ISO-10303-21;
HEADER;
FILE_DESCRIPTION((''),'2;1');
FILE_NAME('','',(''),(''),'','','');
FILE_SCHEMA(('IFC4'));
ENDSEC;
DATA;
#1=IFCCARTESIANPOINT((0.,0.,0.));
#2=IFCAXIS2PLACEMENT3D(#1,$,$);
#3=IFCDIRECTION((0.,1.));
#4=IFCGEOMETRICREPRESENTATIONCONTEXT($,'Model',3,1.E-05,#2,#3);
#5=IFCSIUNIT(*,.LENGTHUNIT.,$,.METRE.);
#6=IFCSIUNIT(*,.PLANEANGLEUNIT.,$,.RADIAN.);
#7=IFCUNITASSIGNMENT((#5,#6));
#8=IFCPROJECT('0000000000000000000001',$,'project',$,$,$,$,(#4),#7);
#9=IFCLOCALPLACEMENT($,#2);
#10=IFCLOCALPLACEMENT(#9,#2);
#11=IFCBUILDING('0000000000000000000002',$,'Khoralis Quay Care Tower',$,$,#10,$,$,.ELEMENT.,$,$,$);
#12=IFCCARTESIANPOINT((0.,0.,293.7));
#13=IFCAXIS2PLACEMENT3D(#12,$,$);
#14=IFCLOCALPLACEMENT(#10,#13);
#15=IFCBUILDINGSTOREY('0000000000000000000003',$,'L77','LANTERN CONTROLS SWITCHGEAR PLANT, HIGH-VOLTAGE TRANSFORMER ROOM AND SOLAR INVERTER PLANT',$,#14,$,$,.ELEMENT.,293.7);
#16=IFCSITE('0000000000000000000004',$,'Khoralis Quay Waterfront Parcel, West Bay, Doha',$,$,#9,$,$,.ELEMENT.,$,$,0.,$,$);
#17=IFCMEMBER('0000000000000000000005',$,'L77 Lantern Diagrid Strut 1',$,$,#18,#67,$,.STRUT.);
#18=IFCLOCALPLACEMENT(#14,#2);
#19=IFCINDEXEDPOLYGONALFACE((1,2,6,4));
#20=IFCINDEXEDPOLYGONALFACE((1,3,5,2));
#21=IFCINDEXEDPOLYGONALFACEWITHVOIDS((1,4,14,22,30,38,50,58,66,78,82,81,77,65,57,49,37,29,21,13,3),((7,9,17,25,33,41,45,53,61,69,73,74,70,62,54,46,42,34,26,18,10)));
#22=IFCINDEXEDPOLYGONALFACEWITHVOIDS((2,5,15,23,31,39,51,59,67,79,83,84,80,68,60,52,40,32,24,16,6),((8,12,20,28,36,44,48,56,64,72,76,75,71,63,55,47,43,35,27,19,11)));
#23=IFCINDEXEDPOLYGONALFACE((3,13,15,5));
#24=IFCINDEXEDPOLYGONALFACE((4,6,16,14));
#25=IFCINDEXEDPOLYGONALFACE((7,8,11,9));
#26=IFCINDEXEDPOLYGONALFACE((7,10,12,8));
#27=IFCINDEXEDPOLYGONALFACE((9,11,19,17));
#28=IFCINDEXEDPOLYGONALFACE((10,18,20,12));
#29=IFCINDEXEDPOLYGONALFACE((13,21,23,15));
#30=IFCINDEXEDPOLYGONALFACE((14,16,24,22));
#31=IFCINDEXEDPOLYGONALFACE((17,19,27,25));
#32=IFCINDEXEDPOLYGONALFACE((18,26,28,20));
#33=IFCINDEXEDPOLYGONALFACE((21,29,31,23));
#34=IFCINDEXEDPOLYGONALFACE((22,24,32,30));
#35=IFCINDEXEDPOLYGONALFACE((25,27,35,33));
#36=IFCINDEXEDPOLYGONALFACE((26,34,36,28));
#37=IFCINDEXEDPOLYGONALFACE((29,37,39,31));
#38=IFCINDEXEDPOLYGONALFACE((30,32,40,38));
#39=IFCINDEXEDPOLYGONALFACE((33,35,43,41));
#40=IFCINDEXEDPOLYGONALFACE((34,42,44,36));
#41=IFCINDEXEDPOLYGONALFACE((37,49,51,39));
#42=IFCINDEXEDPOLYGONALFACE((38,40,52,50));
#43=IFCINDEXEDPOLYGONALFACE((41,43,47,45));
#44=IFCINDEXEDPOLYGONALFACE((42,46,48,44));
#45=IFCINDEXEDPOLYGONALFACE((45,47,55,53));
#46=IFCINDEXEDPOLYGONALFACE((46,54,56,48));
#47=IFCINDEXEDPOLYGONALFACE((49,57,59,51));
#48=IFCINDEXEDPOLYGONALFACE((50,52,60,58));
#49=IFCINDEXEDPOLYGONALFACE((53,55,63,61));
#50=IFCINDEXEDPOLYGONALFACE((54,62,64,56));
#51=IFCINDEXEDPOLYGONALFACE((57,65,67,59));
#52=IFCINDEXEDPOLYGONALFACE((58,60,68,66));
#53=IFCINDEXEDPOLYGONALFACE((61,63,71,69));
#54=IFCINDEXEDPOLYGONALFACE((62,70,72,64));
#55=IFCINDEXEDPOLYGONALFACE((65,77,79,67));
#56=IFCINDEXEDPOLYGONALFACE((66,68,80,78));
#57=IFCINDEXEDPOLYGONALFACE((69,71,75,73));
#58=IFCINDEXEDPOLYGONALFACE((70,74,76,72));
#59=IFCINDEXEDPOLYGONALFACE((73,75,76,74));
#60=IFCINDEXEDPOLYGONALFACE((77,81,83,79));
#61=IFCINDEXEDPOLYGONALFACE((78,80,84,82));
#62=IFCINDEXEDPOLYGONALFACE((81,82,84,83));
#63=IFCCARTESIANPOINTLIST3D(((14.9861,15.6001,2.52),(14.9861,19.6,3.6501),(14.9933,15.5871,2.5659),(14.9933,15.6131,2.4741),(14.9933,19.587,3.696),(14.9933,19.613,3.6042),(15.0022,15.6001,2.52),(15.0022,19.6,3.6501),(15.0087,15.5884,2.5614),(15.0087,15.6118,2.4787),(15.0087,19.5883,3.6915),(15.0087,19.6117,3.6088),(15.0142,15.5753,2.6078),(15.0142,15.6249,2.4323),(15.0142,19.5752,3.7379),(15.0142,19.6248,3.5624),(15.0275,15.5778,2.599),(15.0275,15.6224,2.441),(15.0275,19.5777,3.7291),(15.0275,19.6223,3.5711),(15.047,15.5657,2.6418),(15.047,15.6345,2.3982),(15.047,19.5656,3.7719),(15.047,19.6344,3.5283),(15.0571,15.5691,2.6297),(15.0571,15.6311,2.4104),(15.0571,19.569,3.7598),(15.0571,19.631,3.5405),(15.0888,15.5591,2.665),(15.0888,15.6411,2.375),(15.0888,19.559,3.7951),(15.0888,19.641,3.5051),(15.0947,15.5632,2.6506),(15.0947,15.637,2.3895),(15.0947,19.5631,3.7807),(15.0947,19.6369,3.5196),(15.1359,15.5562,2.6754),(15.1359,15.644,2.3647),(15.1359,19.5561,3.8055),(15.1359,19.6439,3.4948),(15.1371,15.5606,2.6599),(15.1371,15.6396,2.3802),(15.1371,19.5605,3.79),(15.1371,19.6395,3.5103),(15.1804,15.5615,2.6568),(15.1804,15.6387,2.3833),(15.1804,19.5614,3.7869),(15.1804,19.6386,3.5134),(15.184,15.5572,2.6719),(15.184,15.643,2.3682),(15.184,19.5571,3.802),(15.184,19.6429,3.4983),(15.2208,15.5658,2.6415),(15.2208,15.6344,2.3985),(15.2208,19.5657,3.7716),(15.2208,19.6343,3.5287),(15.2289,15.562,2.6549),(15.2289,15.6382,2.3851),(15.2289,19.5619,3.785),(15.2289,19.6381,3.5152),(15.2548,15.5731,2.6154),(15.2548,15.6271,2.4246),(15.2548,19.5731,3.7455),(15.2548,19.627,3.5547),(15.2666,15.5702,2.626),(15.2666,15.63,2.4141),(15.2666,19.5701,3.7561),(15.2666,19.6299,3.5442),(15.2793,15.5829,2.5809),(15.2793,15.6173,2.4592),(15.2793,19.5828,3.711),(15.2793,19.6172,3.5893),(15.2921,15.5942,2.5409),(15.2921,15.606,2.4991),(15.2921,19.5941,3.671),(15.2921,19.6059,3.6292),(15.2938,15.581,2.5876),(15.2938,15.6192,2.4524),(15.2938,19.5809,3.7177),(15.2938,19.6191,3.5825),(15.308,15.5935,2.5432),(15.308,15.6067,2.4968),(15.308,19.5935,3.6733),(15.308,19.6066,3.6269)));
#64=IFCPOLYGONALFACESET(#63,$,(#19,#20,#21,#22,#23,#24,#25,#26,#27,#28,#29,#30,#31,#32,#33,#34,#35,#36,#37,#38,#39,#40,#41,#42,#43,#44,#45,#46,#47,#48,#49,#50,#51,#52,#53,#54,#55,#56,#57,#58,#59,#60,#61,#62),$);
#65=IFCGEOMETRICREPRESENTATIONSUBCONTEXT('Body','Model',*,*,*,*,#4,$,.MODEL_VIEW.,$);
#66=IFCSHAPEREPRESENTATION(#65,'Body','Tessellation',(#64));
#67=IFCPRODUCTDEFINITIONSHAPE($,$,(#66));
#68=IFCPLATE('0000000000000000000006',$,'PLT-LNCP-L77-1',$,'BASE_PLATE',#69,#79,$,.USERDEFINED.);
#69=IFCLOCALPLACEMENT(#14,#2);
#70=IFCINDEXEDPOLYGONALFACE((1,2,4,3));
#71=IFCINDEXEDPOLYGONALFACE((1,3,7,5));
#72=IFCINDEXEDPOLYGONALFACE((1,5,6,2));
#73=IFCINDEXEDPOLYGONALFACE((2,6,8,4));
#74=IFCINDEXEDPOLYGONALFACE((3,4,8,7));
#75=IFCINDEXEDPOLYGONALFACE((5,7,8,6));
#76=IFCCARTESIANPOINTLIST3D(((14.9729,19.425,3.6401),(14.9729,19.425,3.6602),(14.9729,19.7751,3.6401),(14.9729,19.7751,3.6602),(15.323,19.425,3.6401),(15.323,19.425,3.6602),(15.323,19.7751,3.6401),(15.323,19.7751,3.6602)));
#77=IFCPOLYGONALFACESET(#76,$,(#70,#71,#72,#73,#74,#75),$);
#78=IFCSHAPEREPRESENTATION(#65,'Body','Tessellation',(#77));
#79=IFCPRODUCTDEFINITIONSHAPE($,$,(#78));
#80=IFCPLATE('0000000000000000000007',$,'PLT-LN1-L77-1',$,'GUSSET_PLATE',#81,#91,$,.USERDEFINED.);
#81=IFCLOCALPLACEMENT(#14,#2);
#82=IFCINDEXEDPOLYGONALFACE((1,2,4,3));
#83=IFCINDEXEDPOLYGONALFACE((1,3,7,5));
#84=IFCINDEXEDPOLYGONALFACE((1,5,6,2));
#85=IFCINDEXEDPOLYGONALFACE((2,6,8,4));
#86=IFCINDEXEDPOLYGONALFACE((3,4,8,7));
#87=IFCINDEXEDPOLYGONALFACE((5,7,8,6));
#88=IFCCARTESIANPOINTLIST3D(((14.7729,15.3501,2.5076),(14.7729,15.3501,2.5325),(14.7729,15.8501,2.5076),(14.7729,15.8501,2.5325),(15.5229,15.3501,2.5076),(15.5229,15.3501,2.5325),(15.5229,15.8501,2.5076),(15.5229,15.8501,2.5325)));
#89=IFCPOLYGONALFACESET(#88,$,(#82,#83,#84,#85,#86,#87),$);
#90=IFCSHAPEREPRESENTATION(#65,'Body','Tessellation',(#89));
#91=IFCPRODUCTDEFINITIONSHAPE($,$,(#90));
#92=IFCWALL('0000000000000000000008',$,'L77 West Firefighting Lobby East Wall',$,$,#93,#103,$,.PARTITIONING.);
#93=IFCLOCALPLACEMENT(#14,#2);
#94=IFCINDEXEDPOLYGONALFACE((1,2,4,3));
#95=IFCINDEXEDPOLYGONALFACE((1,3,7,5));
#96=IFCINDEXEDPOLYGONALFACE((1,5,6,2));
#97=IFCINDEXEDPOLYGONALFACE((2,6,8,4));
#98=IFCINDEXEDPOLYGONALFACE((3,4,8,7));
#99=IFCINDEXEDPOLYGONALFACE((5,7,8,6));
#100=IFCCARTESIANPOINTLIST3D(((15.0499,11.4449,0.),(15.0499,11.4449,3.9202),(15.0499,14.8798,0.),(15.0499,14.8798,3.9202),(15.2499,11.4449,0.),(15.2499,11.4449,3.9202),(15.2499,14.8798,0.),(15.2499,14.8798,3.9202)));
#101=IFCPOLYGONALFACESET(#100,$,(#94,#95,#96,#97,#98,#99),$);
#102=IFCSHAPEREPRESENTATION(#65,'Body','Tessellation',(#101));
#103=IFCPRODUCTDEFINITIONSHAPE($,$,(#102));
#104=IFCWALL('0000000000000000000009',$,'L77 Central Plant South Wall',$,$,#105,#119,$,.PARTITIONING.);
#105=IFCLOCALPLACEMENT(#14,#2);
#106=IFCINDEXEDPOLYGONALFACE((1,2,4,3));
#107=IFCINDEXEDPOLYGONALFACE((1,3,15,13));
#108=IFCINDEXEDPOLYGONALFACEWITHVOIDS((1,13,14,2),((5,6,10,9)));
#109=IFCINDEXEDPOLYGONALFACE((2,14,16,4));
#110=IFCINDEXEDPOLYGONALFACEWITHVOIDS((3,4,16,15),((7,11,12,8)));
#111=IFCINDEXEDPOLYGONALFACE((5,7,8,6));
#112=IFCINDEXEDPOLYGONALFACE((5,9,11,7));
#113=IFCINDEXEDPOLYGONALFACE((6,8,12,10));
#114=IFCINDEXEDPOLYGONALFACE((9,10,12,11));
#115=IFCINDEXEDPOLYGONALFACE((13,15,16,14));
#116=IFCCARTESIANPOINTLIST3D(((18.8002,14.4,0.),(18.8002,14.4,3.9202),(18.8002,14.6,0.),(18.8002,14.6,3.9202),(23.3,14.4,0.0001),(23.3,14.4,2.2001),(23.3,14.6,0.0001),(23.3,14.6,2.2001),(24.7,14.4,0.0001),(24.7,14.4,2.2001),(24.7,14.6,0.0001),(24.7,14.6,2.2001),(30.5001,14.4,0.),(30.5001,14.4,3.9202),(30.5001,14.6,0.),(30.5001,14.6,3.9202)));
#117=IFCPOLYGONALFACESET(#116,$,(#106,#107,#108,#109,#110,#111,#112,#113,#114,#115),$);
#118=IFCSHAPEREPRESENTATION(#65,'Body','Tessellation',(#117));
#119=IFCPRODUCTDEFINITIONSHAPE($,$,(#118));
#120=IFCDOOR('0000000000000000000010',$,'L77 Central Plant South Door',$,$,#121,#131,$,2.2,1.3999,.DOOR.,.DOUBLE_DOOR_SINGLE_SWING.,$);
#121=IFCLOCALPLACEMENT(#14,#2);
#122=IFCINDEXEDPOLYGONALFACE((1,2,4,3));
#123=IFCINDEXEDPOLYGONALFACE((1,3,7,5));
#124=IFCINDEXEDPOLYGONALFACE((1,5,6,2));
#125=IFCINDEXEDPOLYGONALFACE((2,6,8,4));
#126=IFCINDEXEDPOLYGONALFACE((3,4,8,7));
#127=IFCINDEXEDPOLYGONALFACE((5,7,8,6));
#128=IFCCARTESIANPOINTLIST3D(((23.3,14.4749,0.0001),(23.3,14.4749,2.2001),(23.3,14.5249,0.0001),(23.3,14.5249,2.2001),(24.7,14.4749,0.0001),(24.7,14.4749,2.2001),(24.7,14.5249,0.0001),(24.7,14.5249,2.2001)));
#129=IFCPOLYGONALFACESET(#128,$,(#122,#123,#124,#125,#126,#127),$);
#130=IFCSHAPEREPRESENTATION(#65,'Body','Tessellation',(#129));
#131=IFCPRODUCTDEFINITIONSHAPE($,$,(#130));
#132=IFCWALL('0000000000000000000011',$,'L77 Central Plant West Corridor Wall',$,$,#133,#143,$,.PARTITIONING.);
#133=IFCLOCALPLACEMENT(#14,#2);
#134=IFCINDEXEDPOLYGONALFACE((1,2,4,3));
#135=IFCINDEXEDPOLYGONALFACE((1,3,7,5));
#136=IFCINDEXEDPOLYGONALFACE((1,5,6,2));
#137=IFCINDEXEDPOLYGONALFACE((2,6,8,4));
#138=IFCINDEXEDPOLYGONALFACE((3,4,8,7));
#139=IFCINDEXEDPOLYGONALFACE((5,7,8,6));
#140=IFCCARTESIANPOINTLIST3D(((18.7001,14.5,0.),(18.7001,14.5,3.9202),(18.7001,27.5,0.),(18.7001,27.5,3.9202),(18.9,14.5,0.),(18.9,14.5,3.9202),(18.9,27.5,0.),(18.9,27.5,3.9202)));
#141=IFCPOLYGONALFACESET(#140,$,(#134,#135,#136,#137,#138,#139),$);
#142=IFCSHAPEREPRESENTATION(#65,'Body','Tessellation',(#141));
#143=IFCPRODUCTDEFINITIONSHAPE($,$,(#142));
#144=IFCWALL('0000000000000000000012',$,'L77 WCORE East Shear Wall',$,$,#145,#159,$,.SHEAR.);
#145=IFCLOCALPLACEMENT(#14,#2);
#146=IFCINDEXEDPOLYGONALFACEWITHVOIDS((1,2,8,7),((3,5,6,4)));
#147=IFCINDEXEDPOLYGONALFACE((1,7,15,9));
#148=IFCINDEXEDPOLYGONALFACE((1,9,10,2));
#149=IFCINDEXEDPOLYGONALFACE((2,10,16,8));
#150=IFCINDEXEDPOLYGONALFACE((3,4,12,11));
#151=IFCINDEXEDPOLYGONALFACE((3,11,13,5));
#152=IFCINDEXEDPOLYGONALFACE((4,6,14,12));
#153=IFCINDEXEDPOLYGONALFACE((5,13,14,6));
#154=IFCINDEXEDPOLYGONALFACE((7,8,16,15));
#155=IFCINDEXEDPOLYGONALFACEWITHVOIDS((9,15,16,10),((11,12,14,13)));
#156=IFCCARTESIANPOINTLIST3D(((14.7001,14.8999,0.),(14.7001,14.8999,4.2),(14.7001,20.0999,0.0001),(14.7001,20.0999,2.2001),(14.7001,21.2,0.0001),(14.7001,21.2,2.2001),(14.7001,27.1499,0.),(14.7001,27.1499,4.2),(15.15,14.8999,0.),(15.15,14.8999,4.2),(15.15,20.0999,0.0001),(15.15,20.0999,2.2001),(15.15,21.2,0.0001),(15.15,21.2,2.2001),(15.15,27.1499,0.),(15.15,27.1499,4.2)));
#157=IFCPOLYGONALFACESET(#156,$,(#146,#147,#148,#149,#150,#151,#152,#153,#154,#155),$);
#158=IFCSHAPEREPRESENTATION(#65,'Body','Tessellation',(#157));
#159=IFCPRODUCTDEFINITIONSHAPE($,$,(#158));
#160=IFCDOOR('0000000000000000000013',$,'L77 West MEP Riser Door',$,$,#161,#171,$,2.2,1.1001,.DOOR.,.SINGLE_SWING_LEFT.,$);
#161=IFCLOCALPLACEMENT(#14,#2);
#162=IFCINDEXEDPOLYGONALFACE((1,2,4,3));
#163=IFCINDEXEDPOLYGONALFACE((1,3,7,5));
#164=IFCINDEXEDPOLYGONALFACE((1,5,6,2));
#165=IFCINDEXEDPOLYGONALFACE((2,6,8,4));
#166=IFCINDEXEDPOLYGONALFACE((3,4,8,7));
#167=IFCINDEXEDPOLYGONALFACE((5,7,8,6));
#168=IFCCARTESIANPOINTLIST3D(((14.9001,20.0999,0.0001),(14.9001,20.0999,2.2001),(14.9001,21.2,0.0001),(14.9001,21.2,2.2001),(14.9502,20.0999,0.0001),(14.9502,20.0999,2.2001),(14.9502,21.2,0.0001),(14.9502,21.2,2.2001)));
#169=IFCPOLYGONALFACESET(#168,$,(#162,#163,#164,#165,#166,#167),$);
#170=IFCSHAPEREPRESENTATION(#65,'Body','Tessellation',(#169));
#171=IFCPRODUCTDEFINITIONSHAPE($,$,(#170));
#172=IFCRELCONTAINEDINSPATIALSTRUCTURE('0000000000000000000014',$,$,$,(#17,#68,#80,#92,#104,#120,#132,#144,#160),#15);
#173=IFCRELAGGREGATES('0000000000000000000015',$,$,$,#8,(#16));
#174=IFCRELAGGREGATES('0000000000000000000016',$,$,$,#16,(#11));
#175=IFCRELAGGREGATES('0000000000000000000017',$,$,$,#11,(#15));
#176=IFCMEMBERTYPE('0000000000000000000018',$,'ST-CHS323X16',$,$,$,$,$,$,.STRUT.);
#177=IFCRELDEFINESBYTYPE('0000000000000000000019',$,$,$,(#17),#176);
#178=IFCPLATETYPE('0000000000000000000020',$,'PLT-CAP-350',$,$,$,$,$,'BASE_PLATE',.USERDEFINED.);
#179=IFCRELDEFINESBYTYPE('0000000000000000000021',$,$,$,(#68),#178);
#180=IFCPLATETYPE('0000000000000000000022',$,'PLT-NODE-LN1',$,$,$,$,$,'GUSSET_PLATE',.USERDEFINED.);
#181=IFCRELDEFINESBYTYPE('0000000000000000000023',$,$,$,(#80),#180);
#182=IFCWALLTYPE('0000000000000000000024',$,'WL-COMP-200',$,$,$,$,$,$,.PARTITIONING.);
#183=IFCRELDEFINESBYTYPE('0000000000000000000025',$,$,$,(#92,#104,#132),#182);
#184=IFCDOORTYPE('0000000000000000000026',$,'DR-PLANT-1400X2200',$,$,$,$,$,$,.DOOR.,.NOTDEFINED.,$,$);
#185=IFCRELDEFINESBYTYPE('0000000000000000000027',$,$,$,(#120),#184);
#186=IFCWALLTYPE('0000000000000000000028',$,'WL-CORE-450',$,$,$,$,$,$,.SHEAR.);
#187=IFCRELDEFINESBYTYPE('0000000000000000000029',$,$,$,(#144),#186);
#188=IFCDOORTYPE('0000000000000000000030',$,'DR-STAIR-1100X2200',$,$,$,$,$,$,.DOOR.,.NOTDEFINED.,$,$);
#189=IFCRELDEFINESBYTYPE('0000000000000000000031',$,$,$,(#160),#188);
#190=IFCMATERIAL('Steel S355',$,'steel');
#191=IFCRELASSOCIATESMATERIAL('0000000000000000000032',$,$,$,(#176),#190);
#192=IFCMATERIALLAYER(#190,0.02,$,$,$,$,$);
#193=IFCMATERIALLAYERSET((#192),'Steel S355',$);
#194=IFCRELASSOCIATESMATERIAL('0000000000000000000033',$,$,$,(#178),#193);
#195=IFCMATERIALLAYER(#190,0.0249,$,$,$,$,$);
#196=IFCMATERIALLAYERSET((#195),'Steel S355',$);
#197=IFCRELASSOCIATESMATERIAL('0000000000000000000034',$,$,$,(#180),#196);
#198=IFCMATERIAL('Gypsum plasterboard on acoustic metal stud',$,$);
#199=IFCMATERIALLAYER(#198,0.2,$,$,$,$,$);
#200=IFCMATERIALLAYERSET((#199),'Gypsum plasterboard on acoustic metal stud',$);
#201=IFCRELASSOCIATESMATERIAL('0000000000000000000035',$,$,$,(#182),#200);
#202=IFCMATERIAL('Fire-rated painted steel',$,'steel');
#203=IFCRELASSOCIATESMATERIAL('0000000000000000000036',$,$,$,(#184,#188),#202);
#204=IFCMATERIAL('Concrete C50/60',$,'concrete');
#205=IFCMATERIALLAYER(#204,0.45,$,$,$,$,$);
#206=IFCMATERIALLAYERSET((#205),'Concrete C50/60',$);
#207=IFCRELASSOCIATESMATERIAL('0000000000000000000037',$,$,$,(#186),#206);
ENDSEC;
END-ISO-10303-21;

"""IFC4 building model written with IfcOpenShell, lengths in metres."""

from ifc_helpers import new_model, si_unit, direction, frame, frame_2d, origin, origin_2d, place, context, subcontext, project, spatial, rectangle, hollow_circle, extrude, source, transform, mapped, material, layer, layer_set, material_profile, profile_set, type_object, element, fill, save


model = new_model("IFC4")

# Units and contexts
model_context = context("Model", 3, precision=1e-05, world=origin(), true_north=direction((0.0, 1.0)))
body_context = subcontext(model_context, "Body", "Model", "MODEL_VIEW")
ifc_project = project(units=[si_unit("LENGTHUNIT", "METRE"), si_unit("PLANEANGLEUNIT", "RADIAN")], contexts=[model_context])

# Site, building, storey
site_placement = place(None, origin())
site = spatial("IfcSite", under=ifc_project, at=site_placement, Name="Khoralis Quay Waterfront Parcel, West Bay, Doha", CompositionType="ELEMENT", RefElevation=0.0)
building_placement = place(site_placement, origin())
building = spatial("IfcBuilding", under=site, at=building_placement, Name="Khoralis Quay Care Tower", CompositionType="ELEMENT")
storey_placement = place(building_placement, frame((0.0, 0.0, 293.7)))
storey = spatial("IfcBuildingStorey", under=building, at=storey_placement, Name="L77", Description="LANTERN CONTROLS SWITCHGEAR PLANT, HIGH-VOLTAGE TRANSFORMER ROOM AND SOLAR INVERTER PLANT", CompositionType="ELEMENT", Elevation=293.7)

# Shared definitions
ifc_material_1 = material(Name="Concrete C50/60", Category="concrete")

# Shared definitions
ifc_material_2 = material(Name="Steel S355", Category="steel")

# Member
ifc_material_profile_1 = material_profile(ifc_material_2, hollow_circle(Radius=0.1619, WallThickness=0.0161, at=origin_2d()), Name="Steel S355")
ifc_profile_set_1 = profile_set([ifc_material_profile_1], Name="Steel S355")
member_type = type_object("IfcMemberType", Name="ST-CHS323X16", PredefinedType="STRUT", material=ifc_profile_set_1)
shared_shape_1 = source(origin(), body_context, "Body", "SweptSolid", [
    extrude(hollow_circle(Radius=0.1619, WallThickness=0.0161, at=origin_2d()), origin(), (0.0, 0.0, 1.0), 4.1565),
])
member_placement = place(storey_placement, frame((15.1479, 15.6001, 2.52), z_axis=(0.0, 0.962329, 0.271888), x_axis=(-1.0, 0.0, 0.0)))
element("IfcMember", 1, at=member_placement, inside=storey, type_object=member_type, Name="L77 Lantern Diagrid Strut 1", PredefinedType="STRUT", context=body_context, shape_type="MappedRepresentation", body=[
    mapped(shared_shape_1, transform((0.0, 0.0, 0.0), scale=1.0)),
])

# Plates
ifc_layer_1 = layer(ifc_material_2, 0.02)
ifc_layer_set_1 = layer_set([ifc_layer_1], Name="Steel S355")
plate_type_1 = type_object("IfcPlateType", Name="PLT-CAP-350", ElementType="BASE_PLATE", PredefinedType="USERDEFINED", material=ifc_layer_set_1)
shared_shape_2 = source(origin(), body_context, "Body", "SweptSolid", [
    extrude(rectangle(XDim=0.3501, YDim=0.3501, at=origin_2d()), origin(), (0.0, 0.0, 1.0), 0.02),
])
plate_1_placement = place(storey_placement, frame((15.1479, 19.6001, 3.6401), z_axis=(0.0, 0.0, 1.0), x_axis=(1.0, 0.0, 0.0)))
element("IfcPlate", 2, at=plate_1_placement, inside=storey, type_object=plate_type_1, Name="PLT-LNCP-L77-1", ObjectType="BASE_PLATE", PredefinedType="USERDEFINED", context=body_context, shape_type="MappedRepresentation", body=[
    mapped(shared_shape_2, transform((0.0, 0.0, 0.0), scale=1.0)),
])
ifc_layer_2 = layer(ifc_material_2, 0.0249)
ifc_layer_set_2 = layer_set([ifc_layer_2], Name="Steel S355")
plate_type_2 = type_object("IfcPlateType", Name="PLT-NODE-LN1", ElementType="GUSSET_PLATE", PredefinedType="USERDEFINED", material=ifc_layer_set_2)
shared_shape_3 = source(origin(), body_context, "Body", "SweptSolid", [
    extrude(rectangle(XDim=0.75, YDim=0.5, at=origin_2d()), origin(), (0.0, 0.0, 1.0), 0.0249),
])
plate_2_placement = place(storey_placement, frame((15.1479, 15.6001, 2.5076), z_axis=(0.0, 0.0, 1.0), x_axis=(1.0, 0.0, 0.0)))
element("IfcPlate", 3, at=plate_2_placement, inside=storey, type_object=plate_type_2, Name="PLT-LN1-L77-1", ObjectType="GUSSET_PLATE", PredefinedType="USERDEFINED", context=body_context, shape_type="MappedRepresentation", body=[
    mapped(shared_shape_3, transform((0.0, 0.0, 0.0), scale=1.0)),
])

# Wall
ifc_material_3 = material(Name="Gypsum plasterboard on acoustic metal stud")
ifc_layer_3 = layer(ifc_material_3, 0.2)
ifc_layer_set_3 = layer_set([ifc_layer_3], Name="Gypsum plasterboard on acoustic metal stud")
wall_type_1 = type_object("IfcWallType", Name="WL-COMP-200", PredefinedType="PARTITIONING", material=ifc_layer_set_3)
wall_1_placement = place(storey_placement, frame((15.1499, 11.4451, 0.0), z_axis=(0.0, 0.0, 1.0), x_axis=(0.0, 1.0, 0.0)))
element("IfcWall", 4, at=wall_1_placement, inside=storey, type_object=wall_type_1, Name="L77 West Firefighting Lobby East Wall", PredefinedType="PARTITIONING", context=body_context, shape_type="SweptSolid", body=[
    extrude(rectangle(XDim=3.4348, YDim=0.2, at=frame_2d((1.7173, 0.0))), origin(), (0.0, 0.0, 1.0), 3.9202),
])

# Wall, opening, door
wall_2_placement = place(storey_placement, frame((18.8, 14.5, 0.0), z_axis=(0.0, 0.0, 1.0), x_axis=(1.0, 0.0, 0.0)))
wall_2 = element("IfcWall", 5, at=wall_2_placement, inside=storey, type_object=wall_type_1, Name="L77 Central Plant South Wall", PredefinedType="PARTITIONING", context=body_context, shape_type="SweptSolid", body=[
    extrude(rectangle(XDim=11.7, YDim=0.2, at=frame_2d((5.8501, 0.0))), origin(), (0.0, 0.0, 1.0), 3.9202),
])
opening_1_placement = place(wall_2_placement, frame((4.5, 0.0, 0.0)))
opening_1 = element("IfcOpeningElement", 6, at=opening_1_placement, cuts=wall_2, PredefinedType="OPENING", context=body_context, shape_type="SweptSolid", body=[
    extrude(rectangle(XDim=1.3999, YDim=2.2, at=frame_2d((0.7, 1.1001))), frame((0.0, 0.1099, 0.0), z_axis=(0.0, -1.0, 0.0), x_axis=(1.0, 0.0, 0.0)), (0.0, 0.0, 1.0), 0.22),
])
ifc_material_4 = material(Name="Fire-rated painted steel", Category="steel")
door_type_1 = type_object("IfcDoorType", Name="DR-PLANT-1400X2200", OperationType="NOTDEFINED", PredefinedType="DOOR", material=ifc_material_4)
shared_shape_4 = source(origin(), body_context, "Body", "SweptSolid", [
    extrude(rectangle(XDim=1.3999, YDim=2.2, at=frame_2d((0.7, 1.1001))), frame((0.0, 0.0249, 0.0), z_axis=(0.0, -1.0, 0.0), x_axis=(1.0, 0.0, 0.0)), (0.0, 0.0, 1.0), 0.05),
])
door_1_placement = place(opening_1_placement, origin())
door_1 = element("IfcDoor", 7, at=door_1_placement, inside=storey, type_object=door_type_1, Name="L77 Central Plant South Door", OperationType="DOUBLE_DOOR_SINGLE_SWING", OverallHeight=2.2, OverallWidth=1.3999, PredefinedType="DOOR", context=body_context, shape_type="MappedRepresentation", body=[
    mapped(shared_shape_4, transform((0.0, 0.0, 0.0), scale=1.0)),
])
fill(opening_1, door_1)

# Wall
wall_3_placement = place(storey_placement, frame((18.8, 14.5, 0.0), z_axis=(0.0, 0.0, 1.0), x_axis=(0.0, 1.0, 0.0)))
element("IfcWall", 8, at=wall_3_placement, inside=storey, type_object=wall_type_1, Name="L77 Central Plant West Corridor Wall", PredefinedType="PARTITIONING", context=body_context, shape_type="SweptSolid", body=[
    extrude(rectangle(XDim=13.0, YDim=0.2, at=frame_2d((6.5, 0.0))), origin(), (0.0, 0.0, 1.0), 3.9202),
])

# Wall, opening, door
ifc_layer_4 = layer(ifc_material_1, 0.45)
ifc_layer_set_4 = layer_set([ifc_layer_4], Name="Concrete C50/60")
wall_type_2 = type_object("IfcWallType", Name="WL-CORE-450", PredefinedType="SHEAR", material=ifc_layer_set_4)
wall_4_placement = place(storey_placement, frame((14.925, 14.8999, 0.0), z_axis=(0.0, 0.0, 1.0), x_axis=(0.0, 1.0, 0.0)))
wall_4 = element("IfcWall", 9, at=wall_4_placement, inside=storey, type_object=wall_type_2, Name="L77 WCORE East Shear Wall", PredefinedType="SHEAR", context=body_context, shape_type="SweptSolid", body=[
    extrude(rectangle(XDim=12.25, YDim=0.45, at=frame_2d((6.125, 0.0))), origin(), (0.0, 0.0, 1.0), 4.2),
])
opening_2_placement = place(wall_4_placement, frame((5.2, 0.0, 0.0)))
opening_2 = element("IfcOpeningElement", 10, at=opening_2_placement, cuts=wall_4, PredefinedType="OPENING", context=body_context, shape_type="SweptSolid", body=[
    extrude(rectangle(XDim=1.1001, YDim=2.2, at=frame_2d((0.55, 1.1001))), frame((0.0, 0.2349, 0.0), z_axis=(0.0, -1.0, 0.0), x_axis=(1.0, 0.0, 0.0)), (0.0, 0.0, 1.0), 0.47),
])
door_type_2 = type_object("IfcDoorType", Name="DR-STAIR-1100X2200", OperationType="NOTDEFINED", PredefinedType="DOOR", material=ifc_material_4)
shared_shape_5 = source(origin(), body_context, "Body", "SweptSolid", [
    extrude(rectangle(XDim=1.1001, YDim=2.2, at=frame_2d((0.55, 1.1001))), frame((0.0, 0.0249, 0.0), z_axis=(0.0, -1.0, 0.0), x_axis=(1.0, 0.0, 0.0)), (0.0, 0.0, 1.0), 0.05),
])
door_2_placement = place(opening_2_placement, origin())
door_2 = element("IfcDoor", 11, at=door_2_placement, inside=storey, type_object=door_type_2, Name="L77 West MEP Riser Door", OperationType="SINGLE_SWING_LEFT", OverallHeight=2.2, OverallWidth=1.1001, PredefinedType="DOOR", context=body_context, shape_type="MappedRepresentation", body=[
    mapped(shared_shape_5, transform((0.0, 0.0, 0.0), scale=1.0)),
])
fill(opening_2, door_2)

save(model, "model.ifc")
